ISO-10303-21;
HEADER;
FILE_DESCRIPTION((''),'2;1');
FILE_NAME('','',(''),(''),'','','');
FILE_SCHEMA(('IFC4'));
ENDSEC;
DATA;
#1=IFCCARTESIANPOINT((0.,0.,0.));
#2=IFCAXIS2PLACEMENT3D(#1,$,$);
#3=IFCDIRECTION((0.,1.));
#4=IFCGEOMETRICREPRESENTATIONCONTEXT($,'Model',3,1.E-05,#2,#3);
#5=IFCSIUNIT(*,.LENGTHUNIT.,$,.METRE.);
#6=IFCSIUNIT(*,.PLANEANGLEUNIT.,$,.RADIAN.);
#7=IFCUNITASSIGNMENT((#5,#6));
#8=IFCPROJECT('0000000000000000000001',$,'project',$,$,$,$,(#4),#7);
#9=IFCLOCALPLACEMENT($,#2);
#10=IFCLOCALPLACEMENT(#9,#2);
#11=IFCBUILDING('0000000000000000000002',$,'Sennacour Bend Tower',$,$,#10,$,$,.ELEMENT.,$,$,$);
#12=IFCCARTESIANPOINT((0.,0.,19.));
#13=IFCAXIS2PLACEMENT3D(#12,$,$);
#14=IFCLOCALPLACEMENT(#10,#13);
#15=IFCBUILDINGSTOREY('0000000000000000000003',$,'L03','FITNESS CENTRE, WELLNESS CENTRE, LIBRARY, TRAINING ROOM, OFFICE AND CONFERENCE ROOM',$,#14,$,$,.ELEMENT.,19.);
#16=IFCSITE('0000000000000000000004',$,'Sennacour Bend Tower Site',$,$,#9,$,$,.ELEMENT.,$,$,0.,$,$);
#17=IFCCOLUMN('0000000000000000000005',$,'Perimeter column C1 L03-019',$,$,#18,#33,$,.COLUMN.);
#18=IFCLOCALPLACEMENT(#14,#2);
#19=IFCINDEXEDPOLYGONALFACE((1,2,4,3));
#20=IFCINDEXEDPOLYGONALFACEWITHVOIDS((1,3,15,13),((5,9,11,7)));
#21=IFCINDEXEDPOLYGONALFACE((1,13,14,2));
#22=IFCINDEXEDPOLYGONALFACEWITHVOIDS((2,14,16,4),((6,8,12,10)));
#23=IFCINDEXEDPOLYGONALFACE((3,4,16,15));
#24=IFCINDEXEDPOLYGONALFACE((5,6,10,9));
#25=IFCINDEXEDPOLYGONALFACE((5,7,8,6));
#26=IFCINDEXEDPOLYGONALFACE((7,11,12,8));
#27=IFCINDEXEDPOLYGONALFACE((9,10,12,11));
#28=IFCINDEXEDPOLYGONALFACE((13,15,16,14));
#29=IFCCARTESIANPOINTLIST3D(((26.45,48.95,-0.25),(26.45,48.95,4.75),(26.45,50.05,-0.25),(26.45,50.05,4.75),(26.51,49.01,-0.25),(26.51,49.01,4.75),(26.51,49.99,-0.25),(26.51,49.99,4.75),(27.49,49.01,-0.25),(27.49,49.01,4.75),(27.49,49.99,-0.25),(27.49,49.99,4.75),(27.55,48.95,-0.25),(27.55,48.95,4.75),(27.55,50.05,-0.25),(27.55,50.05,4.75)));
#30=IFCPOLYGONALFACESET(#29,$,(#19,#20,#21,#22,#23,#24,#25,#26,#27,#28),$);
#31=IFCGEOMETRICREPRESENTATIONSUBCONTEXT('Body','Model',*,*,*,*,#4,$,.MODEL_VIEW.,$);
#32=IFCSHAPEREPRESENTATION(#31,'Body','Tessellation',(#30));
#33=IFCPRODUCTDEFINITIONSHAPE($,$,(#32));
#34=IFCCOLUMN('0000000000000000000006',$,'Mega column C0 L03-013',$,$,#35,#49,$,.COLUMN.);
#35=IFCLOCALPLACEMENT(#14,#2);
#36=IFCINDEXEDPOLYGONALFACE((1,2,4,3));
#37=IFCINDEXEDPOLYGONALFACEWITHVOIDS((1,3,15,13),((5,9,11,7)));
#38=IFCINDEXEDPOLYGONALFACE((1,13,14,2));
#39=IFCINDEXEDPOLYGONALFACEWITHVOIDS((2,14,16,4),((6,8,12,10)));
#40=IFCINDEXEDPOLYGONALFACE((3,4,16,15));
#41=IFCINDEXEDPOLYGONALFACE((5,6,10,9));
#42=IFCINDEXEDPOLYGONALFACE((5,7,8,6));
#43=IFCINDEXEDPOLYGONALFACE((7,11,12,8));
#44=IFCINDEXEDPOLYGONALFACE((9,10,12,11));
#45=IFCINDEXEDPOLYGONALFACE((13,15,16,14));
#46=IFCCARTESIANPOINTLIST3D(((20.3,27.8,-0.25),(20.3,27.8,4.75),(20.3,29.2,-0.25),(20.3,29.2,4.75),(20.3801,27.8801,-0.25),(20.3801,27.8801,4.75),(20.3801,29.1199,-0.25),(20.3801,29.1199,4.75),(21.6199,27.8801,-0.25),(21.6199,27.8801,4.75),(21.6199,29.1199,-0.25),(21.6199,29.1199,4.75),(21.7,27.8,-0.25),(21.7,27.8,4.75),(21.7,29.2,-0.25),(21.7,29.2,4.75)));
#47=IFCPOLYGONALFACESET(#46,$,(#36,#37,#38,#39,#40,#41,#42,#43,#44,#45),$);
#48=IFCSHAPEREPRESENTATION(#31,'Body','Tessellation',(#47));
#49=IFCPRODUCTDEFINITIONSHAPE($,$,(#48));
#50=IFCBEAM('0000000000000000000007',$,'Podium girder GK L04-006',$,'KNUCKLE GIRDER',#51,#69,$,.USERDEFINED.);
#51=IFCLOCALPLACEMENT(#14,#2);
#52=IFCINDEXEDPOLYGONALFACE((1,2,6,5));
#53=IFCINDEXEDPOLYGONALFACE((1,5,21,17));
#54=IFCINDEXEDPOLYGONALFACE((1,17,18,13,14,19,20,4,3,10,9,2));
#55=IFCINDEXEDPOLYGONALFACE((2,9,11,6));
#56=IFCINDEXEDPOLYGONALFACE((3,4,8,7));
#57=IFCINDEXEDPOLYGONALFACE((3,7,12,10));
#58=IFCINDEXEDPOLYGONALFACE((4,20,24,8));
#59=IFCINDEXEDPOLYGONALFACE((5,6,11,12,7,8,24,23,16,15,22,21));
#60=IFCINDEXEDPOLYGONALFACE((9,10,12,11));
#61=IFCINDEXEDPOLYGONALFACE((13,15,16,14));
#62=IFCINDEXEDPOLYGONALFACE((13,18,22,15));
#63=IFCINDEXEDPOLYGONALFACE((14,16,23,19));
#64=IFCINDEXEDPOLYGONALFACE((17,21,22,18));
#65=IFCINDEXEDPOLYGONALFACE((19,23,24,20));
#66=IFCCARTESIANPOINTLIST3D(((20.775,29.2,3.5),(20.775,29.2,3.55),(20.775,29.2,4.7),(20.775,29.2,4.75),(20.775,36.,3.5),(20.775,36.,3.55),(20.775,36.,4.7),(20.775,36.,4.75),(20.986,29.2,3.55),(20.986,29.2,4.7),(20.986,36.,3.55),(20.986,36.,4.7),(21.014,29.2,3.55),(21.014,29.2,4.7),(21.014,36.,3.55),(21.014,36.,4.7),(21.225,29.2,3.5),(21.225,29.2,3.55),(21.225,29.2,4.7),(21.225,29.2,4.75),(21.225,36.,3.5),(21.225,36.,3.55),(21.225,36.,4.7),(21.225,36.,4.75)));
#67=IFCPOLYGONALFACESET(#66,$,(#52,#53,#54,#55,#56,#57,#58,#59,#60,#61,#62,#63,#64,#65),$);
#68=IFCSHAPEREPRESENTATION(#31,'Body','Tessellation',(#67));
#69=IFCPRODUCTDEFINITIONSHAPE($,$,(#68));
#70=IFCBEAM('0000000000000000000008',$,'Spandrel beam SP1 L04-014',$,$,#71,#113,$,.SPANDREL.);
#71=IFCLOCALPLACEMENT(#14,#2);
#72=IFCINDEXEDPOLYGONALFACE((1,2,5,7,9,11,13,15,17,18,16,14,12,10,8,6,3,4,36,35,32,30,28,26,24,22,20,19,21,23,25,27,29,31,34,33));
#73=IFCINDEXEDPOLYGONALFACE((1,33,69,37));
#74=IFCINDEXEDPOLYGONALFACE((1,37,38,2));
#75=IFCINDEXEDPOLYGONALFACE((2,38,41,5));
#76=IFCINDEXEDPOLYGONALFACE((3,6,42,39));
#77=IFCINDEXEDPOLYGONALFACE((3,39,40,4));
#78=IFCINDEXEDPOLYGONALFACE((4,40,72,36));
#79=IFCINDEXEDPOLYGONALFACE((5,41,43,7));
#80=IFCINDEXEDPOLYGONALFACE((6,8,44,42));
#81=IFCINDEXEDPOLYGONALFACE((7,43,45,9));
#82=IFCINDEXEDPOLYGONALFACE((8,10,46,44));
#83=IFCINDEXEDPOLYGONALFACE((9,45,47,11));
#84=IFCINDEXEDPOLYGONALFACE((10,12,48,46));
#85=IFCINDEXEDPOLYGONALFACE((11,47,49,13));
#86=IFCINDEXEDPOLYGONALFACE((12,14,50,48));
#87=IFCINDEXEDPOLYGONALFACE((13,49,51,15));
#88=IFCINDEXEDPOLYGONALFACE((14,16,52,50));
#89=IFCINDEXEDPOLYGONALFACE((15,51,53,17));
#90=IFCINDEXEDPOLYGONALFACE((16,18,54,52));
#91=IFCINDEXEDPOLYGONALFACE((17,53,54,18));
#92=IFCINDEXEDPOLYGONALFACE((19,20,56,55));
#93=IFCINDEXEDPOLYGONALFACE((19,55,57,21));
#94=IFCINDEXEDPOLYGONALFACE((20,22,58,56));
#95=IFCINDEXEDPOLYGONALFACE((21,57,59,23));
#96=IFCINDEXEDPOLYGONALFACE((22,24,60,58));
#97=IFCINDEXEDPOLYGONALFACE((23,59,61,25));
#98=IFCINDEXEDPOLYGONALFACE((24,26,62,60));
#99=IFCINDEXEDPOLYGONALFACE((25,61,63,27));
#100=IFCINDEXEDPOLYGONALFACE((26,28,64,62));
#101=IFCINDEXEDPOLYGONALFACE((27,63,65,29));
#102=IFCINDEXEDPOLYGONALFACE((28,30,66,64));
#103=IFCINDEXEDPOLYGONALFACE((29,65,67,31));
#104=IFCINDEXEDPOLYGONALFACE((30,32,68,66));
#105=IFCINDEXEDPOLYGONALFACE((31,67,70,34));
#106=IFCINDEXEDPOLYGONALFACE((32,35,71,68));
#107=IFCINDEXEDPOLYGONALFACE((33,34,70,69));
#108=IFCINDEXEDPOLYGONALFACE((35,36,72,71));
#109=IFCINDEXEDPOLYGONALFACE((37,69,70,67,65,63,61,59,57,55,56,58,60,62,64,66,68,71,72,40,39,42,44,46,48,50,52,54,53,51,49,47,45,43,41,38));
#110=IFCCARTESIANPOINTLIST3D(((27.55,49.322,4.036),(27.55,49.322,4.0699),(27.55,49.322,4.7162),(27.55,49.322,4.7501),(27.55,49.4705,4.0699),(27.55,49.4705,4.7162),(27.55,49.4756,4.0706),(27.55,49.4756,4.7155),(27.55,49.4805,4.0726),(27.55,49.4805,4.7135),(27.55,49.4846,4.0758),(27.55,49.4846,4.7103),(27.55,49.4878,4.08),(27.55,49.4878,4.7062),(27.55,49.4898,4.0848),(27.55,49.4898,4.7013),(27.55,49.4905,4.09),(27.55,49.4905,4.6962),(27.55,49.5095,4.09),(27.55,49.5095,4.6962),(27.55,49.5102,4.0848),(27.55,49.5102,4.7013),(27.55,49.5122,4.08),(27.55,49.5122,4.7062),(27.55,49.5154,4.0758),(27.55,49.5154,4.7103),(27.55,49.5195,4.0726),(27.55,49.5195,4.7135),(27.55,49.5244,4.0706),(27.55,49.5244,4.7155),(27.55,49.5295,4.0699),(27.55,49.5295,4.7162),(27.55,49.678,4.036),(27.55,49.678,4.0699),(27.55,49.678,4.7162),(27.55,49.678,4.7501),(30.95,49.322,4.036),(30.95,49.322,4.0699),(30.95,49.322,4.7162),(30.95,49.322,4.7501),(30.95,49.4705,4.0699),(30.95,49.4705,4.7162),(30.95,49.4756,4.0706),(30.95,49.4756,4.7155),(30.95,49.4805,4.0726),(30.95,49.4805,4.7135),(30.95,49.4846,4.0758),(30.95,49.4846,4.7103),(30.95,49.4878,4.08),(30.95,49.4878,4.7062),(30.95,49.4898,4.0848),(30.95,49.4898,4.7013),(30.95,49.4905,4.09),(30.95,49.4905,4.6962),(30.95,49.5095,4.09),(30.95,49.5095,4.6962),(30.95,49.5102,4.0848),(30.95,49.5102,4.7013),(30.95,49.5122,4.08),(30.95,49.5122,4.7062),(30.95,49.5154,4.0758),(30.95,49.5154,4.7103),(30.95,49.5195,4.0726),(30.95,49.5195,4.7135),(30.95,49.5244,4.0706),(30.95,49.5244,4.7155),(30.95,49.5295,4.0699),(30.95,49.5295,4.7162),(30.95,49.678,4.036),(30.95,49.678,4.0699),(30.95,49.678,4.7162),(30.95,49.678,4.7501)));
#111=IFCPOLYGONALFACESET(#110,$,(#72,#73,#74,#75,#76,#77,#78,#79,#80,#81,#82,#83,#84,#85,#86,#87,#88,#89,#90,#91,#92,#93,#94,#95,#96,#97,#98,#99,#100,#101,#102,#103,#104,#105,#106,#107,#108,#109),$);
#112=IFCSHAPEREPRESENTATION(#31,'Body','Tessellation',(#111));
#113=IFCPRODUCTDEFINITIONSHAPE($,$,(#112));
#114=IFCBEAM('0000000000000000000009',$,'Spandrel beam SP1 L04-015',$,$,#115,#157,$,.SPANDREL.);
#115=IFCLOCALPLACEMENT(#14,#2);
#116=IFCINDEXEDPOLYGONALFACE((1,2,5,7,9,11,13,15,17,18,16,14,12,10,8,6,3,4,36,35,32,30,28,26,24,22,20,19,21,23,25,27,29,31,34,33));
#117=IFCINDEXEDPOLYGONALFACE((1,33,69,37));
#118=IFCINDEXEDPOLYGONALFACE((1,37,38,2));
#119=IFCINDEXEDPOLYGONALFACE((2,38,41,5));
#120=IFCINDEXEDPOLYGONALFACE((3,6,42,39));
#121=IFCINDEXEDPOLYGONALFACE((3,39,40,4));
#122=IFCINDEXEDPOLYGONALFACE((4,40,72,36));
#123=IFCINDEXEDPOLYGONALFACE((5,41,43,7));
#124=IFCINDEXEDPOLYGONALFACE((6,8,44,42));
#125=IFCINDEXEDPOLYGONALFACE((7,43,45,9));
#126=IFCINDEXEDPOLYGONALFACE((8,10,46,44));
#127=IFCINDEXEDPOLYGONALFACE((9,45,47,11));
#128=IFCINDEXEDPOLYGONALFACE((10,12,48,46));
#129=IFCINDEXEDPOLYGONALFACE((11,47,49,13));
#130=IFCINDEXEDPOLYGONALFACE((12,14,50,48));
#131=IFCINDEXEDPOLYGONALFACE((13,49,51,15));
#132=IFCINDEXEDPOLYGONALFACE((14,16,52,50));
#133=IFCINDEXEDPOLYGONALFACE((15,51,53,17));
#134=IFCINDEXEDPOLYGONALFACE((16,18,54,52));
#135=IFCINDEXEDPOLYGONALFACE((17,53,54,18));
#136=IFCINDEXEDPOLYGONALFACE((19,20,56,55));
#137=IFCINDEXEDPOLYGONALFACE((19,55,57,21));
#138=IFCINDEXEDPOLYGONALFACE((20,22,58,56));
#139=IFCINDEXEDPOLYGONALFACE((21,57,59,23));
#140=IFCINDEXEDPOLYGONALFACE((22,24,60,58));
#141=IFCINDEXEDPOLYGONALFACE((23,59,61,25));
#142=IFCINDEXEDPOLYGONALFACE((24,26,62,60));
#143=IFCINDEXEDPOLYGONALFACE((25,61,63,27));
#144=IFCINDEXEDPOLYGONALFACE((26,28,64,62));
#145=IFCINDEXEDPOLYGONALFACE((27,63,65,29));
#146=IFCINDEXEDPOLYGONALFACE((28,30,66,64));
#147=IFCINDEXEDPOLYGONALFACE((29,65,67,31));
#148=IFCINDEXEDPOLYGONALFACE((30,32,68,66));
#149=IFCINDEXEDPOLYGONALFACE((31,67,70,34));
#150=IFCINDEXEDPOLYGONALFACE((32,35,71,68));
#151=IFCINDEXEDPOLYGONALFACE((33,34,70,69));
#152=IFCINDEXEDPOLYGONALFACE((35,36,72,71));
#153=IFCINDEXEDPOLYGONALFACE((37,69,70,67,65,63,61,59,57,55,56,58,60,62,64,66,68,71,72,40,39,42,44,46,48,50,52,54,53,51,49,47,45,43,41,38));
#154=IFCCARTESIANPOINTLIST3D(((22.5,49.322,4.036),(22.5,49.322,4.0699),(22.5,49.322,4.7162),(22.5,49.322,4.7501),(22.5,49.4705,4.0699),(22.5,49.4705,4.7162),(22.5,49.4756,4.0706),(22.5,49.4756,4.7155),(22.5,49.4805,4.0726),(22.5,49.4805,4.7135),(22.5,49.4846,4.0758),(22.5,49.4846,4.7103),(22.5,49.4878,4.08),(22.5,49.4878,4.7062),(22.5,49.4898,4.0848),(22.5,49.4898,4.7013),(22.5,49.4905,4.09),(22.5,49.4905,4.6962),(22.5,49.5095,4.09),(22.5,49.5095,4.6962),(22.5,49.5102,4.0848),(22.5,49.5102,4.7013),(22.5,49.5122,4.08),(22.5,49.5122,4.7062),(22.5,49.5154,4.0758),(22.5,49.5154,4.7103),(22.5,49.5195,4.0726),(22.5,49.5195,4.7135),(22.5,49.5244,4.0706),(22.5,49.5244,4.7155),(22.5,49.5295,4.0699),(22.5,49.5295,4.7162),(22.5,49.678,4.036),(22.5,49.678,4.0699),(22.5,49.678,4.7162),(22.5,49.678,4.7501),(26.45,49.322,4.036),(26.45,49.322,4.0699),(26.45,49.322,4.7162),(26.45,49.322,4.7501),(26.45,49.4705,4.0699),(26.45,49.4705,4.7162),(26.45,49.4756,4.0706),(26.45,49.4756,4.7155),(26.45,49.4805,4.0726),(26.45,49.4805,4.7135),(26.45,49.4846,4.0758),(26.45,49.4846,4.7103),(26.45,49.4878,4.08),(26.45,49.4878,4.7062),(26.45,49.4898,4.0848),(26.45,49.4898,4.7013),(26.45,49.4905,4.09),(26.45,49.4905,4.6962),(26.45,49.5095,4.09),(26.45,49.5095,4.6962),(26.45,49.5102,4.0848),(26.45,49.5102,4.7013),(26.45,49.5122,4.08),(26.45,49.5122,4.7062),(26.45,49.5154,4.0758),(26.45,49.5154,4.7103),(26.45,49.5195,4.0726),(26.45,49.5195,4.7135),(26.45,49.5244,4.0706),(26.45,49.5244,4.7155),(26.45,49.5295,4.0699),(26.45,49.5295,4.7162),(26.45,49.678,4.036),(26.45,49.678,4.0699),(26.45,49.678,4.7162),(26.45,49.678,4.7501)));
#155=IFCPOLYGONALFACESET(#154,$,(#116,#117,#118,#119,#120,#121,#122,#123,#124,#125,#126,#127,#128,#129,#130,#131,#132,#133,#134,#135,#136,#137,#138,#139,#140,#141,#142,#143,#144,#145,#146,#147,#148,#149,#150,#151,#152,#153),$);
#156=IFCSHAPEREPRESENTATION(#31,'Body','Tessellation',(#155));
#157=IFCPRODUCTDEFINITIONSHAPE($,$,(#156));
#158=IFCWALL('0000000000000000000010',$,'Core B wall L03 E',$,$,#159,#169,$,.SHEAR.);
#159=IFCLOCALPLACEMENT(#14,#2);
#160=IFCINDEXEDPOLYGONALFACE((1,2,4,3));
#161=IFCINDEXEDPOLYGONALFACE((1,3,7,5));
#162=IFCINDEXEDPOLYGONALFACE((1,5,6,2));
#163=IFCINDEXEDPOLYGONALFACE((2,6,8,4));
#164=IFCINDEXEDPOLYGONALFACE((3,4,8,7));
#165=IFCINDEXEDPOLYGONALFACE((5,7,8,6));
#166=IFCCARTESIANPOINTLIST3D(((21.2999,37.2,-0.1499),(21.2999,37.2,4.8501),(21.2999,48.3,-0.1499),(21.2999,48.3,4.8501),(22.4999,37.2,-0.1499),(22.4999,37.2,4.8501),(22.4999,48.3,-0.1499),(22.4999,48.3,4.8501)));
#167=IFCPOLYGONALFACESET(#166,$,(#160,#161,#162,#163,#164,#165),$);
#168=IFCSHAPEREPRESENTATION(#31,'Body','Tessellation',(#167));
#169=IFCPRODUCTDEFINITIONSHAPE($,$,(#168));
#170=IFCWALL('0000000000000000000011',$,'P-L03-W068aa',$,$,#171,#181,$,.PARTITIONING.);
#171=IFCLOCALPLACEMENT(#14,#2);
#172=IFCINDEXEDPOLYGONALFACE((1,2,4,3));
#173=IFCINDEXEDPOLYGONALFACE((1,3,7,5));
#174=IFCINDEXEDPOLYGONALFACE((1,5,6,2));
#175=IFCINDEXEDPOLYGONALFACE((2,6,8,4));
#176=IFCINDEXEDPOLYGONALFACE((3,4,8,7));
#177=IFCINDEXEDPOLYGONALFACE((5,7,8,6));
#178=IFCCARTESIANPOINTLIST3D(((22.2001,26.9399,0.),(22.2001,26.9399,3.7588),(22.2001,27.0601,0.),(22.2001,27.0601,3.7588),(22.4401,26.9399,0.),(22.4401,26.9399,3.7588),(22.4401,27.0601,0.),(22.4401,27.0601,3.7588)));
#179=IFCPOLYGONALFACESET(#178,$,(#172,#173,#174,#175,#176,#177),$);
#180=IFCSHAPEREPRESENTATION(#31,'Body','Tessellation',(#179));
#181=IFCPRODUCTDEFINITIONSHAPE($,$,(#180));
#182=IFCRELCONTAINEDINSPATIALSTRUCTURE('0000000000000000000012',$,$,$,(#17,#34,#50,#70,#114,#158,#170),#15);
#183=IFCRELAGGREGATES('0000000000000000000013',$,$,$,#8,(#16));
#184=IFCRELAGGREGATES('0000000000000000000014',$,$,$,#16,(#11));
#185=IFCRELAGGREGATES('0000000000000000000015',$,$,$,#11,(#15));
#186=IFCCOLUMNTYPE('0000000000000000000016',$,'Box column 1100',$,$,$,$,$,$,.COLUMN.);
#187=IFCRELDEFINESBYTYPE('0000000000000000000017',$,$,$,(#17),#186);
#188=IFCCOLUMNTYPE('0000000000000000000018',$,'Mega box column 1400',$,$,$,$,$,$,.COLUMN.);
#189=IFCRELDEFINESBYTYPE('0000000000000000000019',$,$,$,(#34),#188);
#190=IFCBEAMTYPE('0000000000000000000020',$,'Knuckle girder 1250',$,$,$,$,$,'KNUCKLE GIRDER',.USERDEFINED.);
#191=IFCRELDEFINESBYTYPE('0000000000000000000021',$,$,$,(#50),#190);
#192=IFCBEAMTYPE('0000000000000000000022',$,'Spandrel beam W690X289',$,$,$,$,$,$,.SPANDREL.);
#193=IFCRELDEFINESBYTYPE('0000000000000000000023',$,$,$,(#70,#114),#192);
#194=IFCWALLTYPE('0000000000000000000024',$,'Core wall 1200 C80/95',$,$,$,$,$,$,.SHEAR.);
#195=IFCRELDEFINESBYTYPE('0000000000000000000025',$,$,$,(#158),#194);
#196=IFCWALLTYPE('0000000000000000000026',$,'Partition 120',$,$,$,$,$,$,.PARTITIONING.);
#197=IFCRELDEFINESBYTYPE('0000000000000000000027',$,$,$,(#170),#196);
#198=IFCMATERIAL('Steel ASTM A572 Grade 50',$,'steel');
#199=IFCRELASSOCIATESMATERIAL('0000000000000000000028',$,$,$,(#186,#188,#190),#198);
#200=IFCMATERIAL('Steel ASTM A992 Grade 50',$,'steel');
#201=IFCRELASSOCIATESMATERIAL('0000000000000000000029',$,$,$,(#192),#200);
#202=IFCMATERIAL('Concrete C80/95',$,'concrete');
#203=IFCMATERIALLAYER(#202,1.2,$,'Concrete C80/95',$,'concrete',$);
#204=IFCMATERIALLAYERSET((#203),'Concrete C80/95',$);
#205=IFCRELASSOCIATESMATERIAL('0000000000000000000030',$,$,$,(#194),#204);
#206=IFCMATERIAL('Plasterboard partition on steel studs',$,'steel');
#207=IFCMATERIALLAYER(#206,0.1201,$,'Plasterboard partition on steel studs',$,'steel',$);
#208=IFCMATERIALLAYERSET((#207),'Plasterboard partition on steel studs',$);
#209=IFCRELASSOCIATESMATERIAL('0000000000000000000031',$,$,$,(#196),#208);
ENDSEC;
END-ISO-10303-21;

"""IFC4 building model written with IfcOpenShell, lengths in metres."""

from ifc_helpers import new_model, si_unit, direction, frame, frame_2d, origin, origin_2d, place, context, subcontext, project, spatial, rectangle, hollow_rectangle, i_section, extrude, material, layer, layer_set, material_profile, profile_set, type_object, element, save


model = new_model("IFC4")

# Units and contexts
model_context = context("Model", 3, precision=1e-05, world=origin(), true_north=direction((0.0, 1.0)))
body_context = subcontext(model_context, "Body", "Model", "MODEL_VIEW")
ifc_project = project(units=[si_unit("LENGTHUNIT", "METRE"), si_unit("PLANEANGLEUNIT", "RADIAN")], contexts=[model_context])

# Site, building, storey
site_placement = place(None, origin())
site = spatial("IfcSite", under=ifc_project, at=site_placement, Name="Sennacour Bend Tower Site", CompositionType="ELEMENT", RefElevation=0.0)
building_placement = place(site_placement, origin())
building = spatial("IfcBuilding", under=site, at=building_placement, Name="Sennacour Bend Tower", CompositionType="ELEMENT")
storey_placement = place(building_placement, frame((0.0, 0.0, 19.0)))
storey = spatial("IfcBuildingStorey", under=building, at=storey_placement, Name="L03", Description="FITNESS CENTRE, WELLNESS CENTRE, LIBRARY, TRAINING ROOM, OFFICE AND CONFERENCE ROOM", CompositionType="ELEMENT", Elevation=19.0)

# Columns
ifc_material_1 = material(Name="Steel ASTM A572 Grade 50", Category="steel")
ifc_material_profile_1 = material_profile(ifc_material_1, hollow_rectangle(XDim=1.1001, YDim=1.1001, WallThickness=0.0601, at=origin_2d()), Name="Steel ASTM A572 Grade 50", Category="steel")
ifc_profile_set_1 = profile_set([ifc_material_profile_1], Name="Steel ASTM A572 Grade 50")
column_type_1 = type_object("IfcColumnType", Name="Box column 1100", PredefinedType="COLUMN", material=ifc_profile_set_1)
column_1_placement = place(storey_placement, frame((27.0, 49.5, -0.25), z_axis=(0.0, 0.0, 1.0), x_axis=(1.0, 0.0, 0.0)))
element("IfcColumn", 1, at=column_1_placement, inside=storey, type_object=column_type_1, Name="Perimeter column C1 L03-019", PredefinedType="COLUMN", context=body_context, shape_type="SweptSolid", body=[
    extrude(hollow_rectangle(XDim=1.1001, YDim=1.1001, WallThickness=0.0601, at=origin_2d()), origin(), (0.0, 0.0, 1.0), 5.0),
])
ifc_material_profile_2 = material_profile(ifc_material_1, hollow_rectangle(XDim=1.3999, YDim=1.3999, WallThickness=0.0801, at=origin_2d()), Name="Steel ASTM A572 Grade 50", Category="steel")
ifc_profile_set_2 = profile_set([ifc_material_profile_2], Name="Steel ASTM A572 Grade 50")
column_type_2 = type_object("IfcColumnType", Name="Mega box column 1400", PredefinedType="COLUMN", material=ifc_profile_set_2)
column_2_placement = place(storey_placement, frame((21.0, 28.5, -0.25), z_axis=(0.0, 0.0, 1.0), x_axis=(1.0, 0.0, 0.0)))
element("IfcColumn", 2, at=column_2_placement, inside=storey, type_object=column_type_2, Name="Mega column C0 L03-013", PredefinedType="COLUMN", context=body_context, shape_type="SweptSolid", body=[
    extrude(hollow_rectangle(XDim=1.3999, YDim=1.3999, WallThickness=0.0801, at=origin_2d()), origin(), (0.0, 0.0, 1.0), 5.0),
])

# Beams
ifc_material_profile_3 = material_profile(ifc_material_1, i_section(OverallWidth=0.45, OverallDepth=1.25, WebThickness=0.0281, FlangeThickness=0.05, at=origin_2d()), Name="Steel ASTM A572 Grade 50", Category="steel")
ifc_profile_set_3 = profile_set([ifc_material_profile_3], Name="Steel ASTM A572 Grade 50")
beam_type_1 = type_object("IfcBeamType", Name="Knuckle girder 1250", ElementType="KNUCKLE GIRDER", PredefinedType="USERDEFINED", material=ifc_profile_set_3)
beam_1_placement = place(storey_placement, frame((21.0, 29.2, 4.125), z_axis=(0.0, 1.0, 0.0), x_axis=(-1.0, 0.0, 0.0)))
element("IfcBeam", 3, at=beam_1_placement, inside=storey, type_object=beam_type_1, Name="Podium girder GK L04-006", ObjectType="KNUCKLE GIRDER", PredefinedType="USERDEFINED", context=body_context, shape_type="SweptSolid", body=[
    extrude(i_section(OverallWidth=0.45, OverallDepth=1.25, WebThickness=0.0281, FlangeThickness=0.05, at=origin_2d()), origin(), (0.0, 0.0, 1.0), 6.8),
])
ifc_material_2 = material(Name="Steel ASTM A992 Grade 50", Category="steel")
ifc_material_profile_4 = material_profile(ifc_material_2, i_section(OverallWidth=0.356, OverallDepth=0.7141, WebThickness=0.019, FlangeThickness=0.0339, FilletRadius=0.02, at=origin_2d()), Name="Steel ASTM A992 Grade 50", Category="steel")
ifc_profile_set_4 = profile_set([ifc_material_profile_4], Name="Steel ASTM A992 Grade 50")
beam_type_2 = type_object("IfcBeamType", Name="Spandrel beam W690X289", PredefinedType="SPANDREL", material=ifc_profile_set_4)
beam_2_placement = place(storey_placement, frame((30.95, 49.5, 4.3931), z_axis=(-1.0, 0.0, 0.0), x_axis=(0.0, -1.0, 0.0)))
element("IfcBeam", 4, at=beam_2_placement, inside=storey, type_object=beam_type_2, Name="Spandrel beam SP1 L04-014", PredefinedType="SPANDREL", context=body_context, shape_type="SweptSolid", body=[
    extrude(i_section(OverallWidth=0.356, OverallDepth=0.7141, WebThickness=0.019, FlangeThickness=0.0339, FilletRadius=0.02, at=origin_2d()), origin(), (0.0, 0.0, 1.0), 3.3999),
])
beam_3_placement = place(storey_placement, frame((26.45, 49.5, 4.3931), z_axis=(-1.0, 0.0, 0.0), x_axis=(0.0, -1.0, 0.0)))
element("IfcBeam", 5, at=beam_3_placement, inside=storey, type_object=beam_type_2, Name="Spandrel beam SP1 L04-015", PredefinedType="SPANDREL", context=body_context, shape_type="SweptSolid", body=[
    extrude(i_section(OverallWidth=0.356, OverallDepth=0.7141, WebThickness=0.019, FlangeThickness=0.0339, FilletRadius=0.02, at=origin_2d()), origin(), (0.0, 0.0, 1.0), 3.95),
])

# Walls
ifc_material_3 = material(Name="Concrete C80/95", Category="concrete")
ifc_layer_1 = layer(ifc_material_3, 1.2, Name="Concrete C80/95", Category="concrete")
ifc_layer_set_1 = layer_set([ifc_layer_1], Name="Concrete C80/95")
wall_type_1 = type_object("IfcWallType", Name="Core wall 1200 C80/95", PredefinedType="SHEAR", material=ifc_layer_set_1)
wall_1_placement = place(storey_placement, frame((21.8999, 37.2, -0.1499), z_axis=(0.0, 0.0, 1.0), x_axis=(0.0, 1.0, 0.0)))
element("IfcWall", 6, at=wall_1_placement, inside=storey, type_object=wall_type_1, Name="Core B wall L03 E", PredefinedType="SHEAR", context=body_context, shape_type="SweptSolid", body=[
    extrude(rectangle(XDim=11.1001, YDim=1.2, at=frame_2d((5.55, 0.0))), origin(), (0.0, 0.0, 1.0), 5.0),
])
ifc_material_4 = material(Name="Plasterboard partition on steel studs", Category="steel")
ifc_layer_2 = layer(ifc_material_4, 0.1201, Name="Plasterboard partition on steel studs", Category="steel")
ifc_layer_set_2 = layer_set([ifc_layer_2], Name="Plasterboard partition on steel studs")
wall_type_2 = type_object("IfcWallType", Name="Partition 120", PredefinedType="PARTITIONING", material=ifc_layer_set_2)
wall_2_placement = place(storey_placement, frame((22.2, 27.0, 0.0), z_axis=(0.0, 0.0, 1.0), x_axis=(1.0, 0.0, 0.0)))
element("IfcWall", 7, at=wall_2_placement, inside=storey, type_object=wall_type_2, Name="P-L03-W068aa", PredefinedType="PARTITIONING", context=body_context, shape_type="SweptSolid", body=[
    extrude(rectangle(XDim=0.24, YDim=0.1201, at=frame_2d((0.1201, 0.0))), origin(), (0.0, 0.0, 1.0), 3.7588),
])

save(model, "model.ifc")
